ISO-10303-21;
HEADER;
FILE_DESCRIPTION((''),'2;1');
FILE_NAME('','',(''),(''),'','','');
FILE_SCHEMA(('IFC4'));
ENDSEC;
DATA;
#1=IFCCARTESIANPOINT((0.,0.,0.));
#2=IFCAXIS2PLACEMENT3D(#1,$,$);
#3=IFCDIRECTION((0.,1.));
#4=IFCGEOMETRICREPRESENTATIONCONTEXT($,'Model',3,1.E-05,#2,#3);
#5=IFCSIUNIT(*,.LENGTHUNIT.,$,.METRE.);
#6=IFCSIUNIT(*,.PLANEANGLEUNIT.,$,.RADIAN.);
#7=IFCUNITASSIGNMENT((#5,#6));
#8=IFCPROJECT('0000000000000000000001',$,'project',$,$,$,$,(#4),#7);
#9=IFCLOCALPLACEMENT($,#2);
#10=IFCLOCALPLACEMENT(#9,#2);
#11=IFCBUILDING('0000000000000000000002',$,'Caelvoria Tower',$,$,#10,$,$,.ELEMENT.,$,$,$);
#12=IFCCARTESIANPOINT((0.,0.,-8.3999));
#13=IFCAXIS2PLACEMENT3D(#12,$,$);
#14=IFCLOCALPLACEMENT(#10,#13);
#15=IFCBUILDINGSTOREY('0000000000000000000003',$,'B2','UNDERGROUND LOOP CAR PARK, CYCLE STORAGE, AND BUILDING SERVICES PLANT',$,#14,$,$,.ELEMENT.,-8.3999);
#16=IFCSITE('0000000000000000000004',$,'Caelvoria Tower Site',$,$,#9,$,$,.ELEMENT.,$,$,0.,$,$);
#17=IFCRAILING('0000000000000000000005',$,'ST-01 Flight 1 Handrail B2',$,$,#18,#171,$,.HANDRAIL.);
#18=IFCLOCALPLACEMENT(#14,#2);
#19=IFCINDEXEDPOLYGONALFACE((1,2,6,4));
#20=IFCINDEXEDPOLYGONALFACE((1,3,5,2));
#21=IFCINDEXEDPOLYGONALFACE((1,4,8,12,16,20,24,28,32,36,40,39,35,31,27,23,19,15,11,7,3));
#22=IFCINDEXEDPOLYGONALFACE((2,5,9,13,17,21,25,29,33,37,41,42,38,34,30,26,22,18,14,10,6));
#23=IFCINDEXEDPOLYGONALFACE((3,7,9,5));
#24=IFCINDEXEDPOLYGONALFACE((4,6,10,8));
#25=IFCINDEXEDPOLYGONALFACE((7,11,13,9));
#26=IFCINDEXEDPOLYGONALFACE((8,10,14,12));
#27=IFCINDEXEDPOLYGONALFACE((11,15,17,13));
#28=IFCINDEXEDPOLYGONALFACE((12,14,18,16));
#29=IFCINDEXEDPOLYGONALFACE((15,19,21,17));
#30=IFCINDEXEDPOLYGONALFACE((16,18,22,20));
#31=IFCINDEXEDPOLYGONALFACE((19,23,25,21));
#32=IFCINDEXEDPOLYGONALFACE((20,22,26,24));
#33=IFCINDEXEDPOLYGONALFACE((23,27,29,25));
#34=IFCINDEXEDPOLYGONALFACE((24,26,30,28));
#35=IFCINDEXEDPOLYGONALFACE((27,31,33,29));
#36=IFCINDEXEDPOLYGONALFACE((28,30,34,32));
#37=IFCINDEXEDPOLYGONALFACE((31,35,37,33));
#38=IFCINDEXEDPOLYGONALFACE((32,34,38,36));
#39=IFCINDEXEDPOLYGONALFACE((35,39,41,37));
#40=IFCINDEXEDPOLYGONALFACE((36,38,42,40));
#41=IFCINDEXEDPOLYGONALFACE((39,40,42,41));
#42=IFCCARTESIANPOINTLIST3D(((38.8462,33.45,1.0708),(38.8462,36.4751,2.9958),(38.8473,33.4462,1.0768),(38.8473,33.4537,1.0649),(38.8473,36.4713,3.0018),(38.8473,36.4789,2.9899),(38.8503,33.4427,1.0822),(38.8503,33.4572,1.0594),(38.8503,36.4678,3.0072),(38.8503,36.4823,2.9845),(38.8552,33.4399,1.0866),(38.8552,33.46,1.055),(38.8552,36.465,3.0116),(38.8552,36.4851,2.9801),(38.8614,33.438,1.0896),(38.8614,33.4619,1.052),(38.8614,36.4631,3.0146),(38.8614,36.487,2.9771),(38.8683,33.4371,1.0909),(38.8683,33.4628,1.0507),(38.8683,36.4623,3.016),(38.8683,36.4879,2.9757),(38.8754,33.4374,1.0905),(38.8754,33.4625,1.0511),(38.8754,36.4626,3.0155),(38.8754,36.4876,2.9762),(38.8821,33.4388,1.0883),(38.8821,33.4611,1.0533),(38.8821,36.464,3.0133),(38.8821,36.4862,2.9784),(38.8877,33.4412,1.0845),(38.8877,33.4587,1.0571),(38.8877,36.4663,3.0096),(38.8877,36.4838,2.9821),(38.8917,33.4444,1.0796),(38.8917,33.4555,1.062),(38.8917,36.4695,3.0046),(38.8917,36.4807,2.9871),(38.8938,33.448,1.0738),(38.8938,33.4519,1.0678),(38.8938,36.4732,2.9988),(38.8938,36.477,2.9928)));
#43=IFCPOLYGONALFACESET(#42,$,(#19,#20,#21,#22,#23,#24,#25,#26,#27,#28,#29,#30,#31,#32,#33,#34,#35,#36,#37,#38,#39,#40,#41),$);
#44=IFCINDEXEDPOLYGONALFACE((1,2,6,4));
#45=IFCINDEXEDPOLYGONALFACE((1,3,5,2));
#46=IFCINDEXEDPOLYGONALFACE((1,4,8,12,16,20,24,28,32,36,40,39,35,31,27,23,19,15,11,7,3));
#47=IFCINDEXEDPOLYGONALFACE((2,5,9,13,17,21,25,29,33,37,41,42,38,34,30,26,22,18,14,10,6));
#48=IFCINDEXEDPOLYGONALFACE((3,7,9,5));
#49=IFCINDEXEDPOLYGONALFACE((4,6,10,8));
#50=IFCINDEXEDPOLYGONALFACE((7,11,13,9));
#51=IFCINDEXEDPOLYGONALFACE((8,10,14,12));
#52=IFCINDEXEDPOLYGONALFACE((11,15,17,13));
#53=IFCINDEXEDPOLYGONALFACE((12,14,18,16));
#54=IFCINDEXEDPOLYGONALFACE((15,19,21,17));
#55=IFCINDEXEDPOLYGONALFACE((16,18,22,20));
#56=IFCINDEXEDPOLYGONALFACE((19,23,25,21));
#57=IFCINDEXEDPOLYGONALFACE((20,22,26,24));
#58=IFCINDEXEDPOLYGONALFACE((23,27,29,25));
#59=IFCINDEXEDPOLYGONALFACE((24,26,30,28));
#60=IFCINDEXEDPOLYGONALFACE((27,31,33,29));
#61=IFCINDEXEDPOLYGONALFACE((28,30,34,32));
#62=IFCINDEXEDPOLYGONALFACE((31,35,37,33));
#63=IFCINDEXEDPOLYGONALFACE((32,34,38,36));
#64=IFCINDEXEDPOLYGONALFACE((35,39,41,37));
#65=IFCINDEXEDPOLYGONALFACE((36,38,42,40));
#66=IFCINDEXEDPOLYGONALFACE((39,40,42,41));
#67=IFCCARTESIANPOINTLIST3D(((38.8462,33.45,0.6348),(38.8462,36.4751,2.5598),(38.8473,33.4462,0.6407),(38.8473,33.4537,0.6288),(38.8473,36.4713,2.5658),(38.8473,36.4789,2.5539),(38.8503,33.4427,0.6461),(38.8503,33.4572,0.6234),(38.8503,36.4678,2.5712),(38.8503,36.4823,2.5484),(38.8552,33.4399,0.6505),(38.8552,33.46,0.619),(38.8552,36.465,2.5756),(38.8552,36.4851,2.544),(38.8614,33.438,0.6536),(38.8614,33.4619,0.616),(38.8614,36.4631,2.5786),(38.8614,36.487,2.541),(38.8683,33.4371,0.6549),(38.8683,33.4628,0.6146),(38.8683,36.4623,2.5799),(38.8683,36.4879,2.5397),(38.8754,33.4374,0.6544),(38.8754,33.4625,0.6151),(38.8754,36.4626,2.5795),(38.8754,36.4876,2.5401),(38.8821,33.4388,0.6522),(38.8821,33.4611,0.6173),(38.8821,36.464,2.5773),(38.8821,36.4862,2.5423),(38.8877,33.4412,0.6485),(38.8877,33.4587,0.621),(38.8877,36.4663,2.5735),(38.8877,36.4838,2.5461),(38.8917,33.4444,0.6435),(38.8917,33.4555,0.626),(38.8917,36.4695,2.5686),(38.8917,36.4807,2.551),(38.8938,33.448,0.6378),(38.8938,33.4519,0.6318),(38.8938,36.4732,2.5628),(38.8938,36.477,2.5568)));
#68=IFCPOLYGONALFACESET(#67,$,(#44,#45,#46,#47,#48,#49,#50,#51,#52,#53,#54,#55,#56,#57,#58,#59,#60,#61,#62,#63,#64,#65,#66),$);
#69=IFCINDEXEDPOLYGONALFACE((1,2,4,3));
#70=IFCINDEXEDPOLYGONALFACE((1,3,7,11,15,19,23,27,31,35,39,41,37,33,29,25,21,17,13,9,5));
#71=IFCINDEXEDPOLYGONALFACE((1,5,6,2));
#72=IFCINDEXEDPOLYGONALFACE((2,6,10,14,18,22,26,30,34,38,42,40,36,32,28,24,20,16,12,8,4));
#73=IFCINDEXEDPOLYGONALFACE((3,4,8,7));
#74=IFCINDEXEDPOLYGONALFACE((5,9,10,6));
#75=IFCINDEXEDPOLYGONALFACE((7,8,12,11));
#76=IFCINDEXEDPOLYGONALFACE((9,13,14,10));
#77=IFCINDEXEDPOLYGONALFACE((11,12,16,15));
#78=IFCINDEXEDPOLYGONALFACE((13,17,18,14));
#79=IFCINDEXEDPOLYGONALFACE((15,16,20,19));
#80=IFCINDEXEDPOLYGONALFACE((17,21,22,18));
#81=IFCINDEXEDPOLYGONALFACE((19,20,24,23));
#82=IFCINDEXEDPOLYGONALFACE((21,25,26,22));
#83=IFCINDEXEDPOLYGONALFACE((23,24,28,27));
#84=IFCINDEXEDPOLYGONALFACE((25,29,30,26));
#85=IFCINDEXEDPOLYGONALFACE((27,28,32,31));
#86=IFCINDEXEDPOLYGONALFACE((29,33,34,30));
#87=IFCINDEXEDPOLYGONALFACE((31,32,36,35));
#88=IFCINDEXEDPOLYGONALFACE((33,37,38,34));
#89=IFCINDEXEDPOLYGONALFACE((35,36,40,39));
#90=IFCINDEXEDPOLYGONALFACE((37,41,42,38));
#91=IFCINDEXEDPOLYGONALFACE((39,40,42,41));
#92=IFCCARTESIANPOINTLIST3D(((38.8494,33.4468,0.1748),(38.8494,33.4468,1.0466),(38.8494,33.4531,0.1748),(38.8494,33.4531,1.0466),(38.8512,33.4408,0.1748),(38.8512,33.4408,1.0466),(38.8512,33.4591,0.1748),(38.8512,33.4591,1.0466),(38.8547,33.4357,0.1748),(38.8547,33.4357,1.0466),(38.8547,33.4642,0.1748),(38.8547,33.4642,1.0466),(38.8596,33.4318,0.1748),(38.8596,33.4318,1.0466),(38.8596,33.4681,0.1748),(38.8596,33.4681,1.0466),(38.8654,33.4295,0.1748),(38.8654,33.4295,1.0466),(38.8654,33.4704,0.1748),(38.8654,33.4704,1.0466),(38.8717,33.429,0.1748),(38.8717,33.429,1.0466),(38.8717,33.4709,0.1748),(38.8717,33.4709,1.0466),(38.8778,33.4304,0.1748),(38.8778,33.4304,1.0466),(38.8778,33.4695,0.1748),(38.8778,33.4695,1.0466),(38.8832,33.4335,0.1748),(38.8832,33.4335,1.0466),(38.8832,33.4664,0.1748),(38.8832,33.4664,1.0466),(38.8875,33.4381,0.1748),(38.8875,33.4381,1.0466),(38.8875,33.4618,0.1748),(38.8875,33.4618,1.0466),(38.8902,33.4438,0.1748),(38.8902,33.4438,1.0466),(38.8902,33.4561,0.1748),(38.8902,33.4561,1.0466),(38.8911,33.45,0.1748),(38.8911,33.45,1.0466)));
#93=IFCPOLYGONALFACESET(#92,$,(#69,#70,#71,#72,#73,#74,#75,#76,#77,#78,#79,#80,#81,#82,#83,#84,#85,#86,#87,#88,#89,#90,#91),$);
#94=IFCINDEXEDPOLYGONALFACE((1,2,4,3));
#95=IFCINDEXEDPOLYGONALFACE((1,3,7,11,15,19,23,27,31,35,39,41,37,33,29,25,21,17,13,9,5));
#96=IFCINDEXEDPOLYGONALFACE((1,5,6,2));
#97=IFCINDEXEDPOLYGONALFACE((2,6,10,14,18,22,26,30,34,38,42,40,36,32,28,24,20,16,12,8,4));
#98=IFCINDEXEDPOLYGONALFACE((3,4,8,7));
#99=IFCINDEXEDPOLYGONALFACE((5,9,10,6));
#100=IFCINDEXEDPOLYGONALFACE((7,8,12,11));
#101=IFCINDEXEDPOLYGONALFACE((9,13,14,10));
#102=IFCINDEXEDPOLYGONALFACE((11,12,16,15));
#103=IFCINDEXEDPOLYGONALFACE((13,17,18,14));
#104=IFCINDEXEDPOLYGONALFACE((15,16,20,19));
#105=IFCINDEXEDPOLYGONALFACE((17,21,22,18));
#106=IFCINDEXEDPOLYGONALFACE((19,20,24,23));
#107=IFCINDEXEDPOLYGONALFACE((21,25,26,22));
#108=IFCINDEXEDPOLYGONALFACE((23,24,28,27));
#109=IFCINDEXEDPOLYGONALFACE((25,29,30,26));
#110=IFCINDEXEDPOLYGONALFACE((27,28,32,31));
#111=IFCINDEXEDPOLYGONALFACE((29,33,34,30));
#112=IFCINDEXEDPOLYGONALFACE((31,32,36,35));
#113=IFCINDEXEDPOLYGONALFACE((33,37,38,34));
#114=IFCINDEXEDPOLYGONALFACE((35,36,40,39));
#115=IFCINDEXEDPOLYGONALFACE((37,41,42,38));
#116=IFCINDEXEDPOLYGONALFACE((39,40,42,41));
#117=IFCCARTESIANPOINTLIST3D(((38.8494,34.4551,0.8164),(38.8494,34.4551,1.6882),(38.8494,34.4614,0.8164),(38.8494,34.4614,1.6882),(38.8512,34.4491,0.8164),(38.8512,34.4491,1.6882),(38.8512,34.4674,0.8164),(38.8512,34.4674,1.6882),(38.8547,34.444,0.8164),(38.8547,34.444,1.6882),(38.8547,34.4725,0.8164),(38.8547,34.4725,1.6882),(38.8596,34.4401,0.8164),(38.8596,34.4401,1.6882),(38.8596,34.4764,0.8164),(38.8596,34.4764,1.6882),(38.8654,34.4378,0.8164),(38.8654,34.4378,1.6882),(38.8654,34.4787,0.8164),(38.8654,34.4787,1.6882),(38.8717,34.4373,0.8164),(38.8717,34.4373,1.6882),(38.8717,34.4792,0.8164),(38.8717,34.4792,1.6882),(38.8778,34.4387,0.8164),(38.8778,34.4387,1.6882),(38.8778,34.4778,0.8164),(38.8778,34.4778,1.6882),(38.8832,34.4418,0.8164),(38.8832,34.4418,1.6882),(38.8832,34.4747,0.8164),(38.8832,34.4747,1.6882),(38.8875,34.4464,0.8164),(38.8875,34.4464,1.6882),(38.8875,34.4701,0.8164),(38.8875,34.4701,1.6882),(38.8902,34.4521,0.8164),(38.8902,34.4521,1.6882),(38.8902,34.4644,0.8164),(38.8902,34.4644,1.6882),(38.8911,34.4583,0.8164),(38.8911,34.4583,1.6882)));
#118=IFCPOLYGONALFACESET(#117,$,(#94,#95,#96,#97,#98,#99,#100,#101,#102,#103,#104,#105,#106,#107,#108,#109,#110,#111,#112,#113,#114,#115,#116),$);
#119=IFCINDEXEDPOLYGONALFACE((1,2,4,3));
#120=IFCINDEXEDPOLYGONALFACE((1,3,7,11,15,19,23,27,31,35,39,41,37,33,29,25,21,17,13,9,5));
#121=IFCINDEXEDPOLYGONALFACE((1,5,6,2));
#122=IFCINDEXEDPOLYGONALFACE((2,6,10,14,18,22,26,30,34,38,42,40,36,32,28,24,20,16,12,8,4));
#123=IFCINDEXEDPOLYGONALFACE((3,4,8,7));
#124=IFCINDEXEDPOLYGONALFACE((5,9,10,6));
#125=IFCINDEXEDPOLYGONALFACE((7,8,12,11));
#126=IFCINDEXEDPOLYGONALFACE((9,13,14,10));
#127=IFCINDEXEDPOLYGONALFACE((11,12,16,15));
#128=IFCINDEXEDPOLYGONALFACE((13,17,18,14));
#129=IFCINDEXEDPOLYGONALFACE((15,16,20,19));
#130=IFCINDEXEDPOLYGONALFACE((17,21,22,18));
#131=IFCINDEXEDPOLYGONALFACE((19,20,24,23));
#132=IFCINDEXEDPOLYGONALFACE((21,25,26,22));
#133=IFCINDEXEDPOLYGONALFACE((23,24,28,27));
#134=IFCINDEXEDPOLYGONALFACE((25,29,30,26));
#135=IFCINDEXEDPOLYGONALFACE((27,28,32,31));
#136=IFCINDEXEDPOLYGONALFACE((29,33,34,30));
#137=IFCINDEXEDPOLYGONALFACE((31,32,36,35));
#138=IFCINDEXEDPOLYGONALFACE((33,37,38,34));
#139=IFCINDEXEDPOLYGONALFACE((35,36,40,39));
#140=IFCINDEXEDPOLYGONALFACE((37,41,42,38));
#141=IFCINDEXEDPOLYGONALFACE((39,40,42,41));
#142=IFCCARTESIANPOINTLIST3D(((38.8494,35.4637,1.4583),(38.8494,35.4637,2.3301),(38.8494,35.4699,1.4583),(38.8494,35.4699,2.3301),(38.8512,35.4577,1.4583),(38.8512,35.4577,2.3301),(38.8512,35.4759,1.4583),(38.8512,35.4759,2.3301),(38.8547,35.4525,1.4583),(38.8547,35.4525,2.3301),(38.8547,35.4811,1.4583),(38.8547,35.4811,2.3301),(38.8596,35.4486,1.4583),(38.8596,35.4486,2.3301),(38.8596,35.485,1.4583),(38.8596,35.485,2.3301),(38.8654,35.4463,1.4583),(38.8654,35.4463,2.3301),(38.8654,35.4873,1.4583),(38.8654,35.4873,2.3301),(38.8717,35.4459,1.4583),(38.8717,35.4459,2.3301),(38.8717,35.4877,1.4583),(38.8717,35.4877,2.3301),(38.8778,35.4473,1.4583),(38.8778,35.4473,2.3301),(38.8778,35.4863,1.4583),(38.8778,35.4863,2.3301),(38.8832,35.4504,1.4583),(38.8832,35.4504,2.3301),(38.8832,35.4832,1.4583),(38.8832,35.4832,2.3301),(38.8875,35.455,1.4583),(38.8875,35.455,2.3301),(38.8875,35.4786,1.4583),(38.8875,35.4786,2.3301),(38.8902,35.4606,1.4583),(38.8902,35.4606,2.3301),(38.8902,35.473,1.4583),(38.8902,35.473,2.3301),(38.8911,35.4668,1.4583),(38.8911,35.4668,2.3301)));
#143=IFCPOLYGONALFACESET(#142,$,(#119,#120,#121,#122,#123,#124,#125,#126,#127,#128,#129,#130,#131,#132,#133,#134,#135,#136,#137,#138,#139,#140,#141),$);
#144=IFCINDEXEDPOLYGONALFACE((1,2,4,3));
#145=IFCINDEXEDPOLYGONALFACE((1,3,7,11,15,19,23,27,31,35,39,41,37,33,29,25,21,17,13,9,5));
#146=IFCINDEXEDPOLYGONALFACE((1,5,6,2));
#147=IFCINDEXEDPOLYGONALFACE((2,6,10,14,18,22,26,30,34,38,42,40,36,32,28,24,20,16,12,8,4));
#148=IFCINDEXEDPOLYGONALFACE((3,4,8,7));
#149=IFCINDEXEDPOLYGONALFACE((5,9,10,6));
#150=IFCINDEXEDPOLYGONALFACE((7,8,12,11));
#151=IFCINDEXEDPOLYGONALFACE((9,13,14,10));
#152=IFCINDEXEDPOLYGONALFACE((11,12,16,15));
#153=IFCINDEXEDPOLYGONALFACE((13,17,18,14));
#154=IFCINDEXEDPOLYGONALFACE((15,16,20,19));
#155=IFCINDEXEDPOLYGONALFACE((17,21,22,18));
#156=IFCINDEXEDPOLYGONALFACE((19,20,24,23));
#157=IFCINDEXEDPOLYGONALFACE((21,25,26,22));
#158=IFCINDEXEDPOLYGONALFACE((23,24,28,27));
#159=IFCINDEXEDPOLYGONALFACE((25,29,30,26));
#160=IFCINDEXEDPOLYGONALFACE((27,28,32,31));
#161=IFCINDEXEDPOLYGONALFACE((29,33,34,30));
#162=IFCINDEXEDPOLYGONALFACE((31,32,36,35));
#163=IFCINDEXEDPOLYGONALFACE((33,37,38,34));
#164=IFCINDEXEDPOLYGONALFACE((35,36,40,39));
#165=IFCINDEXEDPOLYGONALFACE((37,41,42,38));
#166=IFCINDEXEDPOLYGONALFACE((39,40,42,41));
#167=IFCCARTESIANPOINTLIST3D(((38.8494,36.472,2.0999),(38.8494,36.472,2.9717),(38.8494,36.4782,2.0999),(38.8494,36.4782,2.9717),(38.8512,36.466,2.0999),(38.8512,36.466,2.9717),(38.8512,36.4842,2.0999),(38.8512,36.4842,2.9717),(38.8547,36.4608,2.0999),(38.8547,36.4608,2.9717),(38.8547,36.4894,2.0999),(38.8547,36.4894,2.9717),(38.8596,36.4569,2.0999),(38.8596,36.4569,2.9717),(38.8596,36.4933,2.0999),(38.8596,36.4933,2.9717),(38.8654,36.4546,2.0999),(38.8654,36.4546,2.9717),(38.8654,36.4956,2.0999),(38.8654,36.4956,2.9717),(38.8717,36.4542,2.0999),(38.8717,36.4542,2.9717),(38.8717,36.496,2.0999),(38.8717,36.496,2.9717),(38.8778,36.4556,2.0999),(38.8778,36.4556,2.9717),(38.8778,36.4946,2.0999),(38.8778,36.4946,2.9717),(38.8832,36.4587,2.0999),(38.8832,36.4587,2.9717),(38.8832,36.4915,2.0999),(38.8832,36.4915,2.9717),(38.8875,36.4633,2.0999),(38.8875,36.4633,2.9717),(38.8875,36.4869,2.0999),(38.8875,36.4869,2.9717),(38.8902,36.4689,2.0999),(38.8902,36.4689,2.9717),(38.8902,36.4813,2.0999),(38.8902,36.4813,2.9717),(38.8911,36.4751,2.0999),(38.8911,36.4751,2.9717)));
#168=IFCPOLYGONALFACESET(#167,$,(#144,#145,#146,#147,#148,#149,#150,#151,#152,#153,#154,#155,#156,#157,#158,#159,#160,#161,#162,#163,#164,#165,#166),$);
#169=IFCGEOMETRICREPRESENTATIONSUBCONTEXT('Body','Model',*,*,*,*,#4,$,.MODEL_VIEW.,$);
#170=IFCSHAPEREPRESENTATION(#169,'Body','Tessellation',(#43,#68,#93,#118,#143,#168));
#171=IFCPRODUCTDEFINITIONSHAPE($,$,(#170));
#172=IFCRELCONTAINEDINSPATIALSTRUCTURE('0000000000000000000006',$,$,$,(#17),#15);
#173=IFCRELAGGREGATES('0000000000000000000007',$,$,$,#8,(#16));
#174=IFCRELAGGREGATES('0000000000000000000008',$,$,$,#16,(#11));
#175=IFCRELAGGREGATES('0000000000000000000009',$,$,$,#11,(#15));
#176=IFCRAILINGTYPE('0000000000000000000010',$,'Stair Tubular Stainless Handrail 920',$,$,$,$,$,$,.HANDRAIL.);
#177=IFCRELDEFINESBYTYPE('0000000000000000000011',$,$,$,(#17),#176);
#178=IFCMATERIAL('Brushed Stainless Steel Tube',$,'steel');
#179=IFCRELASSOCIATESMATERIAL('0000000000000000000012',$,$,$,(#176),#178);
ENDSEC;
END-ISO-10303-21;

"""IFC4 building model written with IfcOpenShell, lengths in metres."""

from ifc_helpers import new_model, si_unit, direction, frame, origin, origin_2d, place, context, subcontext, project, spatial, circle, extrude, material, type_object, element, save


model = new_model("IFC4")

# Units and contexts
model_context = context("Model", 3, precision=1e-05, world=origin(), true_north=direction((0.0, 1.0)))
body_context = subcontext(model_context, "Body", "Model", "MODEL_VIEW")
ifc_project = project(units=[si_unit("LENGTHUNIT", "METRE"), si_unit("PLANEANGLEUNIT", "RADIAN")], contexts=[model_context])

# Site, building, storey
site_placement = place(None, origin())
site = spatial("IfcSite", under=ifc_project, at=site_placement, Name="Caelvoria Tower Site", CompositionType="ELEMENT", RefElevation=0.0)
building_placement = place(site_placement, origin())
building = spatial("IfcBuilding", under=site, at=building_placement, Name="Caelvoria Tower", CompositionType="ELEMENT")
storey_placement = place(building_placement, frame((0.0, 0.0, -8.3999)))
storey = spatial("IfcBuildingStorey", under=building, at=storey_placement, Name="B2", Description="UNDERGROUND LOOP CAR PARK, CYCLE STORAGE, AND BUILDING SERVICES PLANT", CompositionType="ELEMENT", Elevation=-8.3999)

# Railing
ifc_material_1 = material(Name="Brushed Stainless Steel Tube", Category="steel")
railing_type = type_object("IfcRailingType", Name="Stair Tubular Stainless Handrail 920", PredefinedType="HANDRAIL", material=ifc_material_1)
railing_placement = place(storey_placement, frame((38.8701, 33.45, 0.1748)))
element("IfcRailing", 1, at=railing_placement, inside=storey, type_object=railing_type, Name="ST-01 Flight 1 Handrail B2", PredefinedType="HANDRAIL", context=body_context, shape_type="SweptSolid", body=[
    extrude(circle(Radius=0.0239, at=origin_2d()), frame((0.0, 0.0, 0.896), z_axis=(0.0, 0.843667, 0.536867), x_axis=(-1.0, 0.0, 0.0)), (0.0, 0.0, 1.0), 3.5857),
    extrude(circle(Radius=0.0239, at=origin_2d()), frame((0.0, 0.0, 0.46), z_axis=(0.0, 0.843667, 0.536867), x_axis=(-1.0, 0.0, 0.0)), (0.0, 0.0, 1.0), 3.5857),
    extrude(circle(Radius=0.021, at=origin_2d()), origin(), (0.0, 0.0, 1.0), 0.8718),
    extrude(circle(Radius=0.021, at=origin_2d()), frame((0.0, 1.0083, 0.6416)), (0.0, 0.0, 1.0), 0.8718),
    extrude(circle(Radius=0.021, at=origin_2d()), frame((0.0, 2.0168, 1.2834)), (0.0, 0.0, 1.0), 0.8718),
    extrude(circle(Radius=0.021, at=origin_2d()), frame((0.0, 3.0251, 1.925)), (0.0, 0.0, 1.0), 0.8718),
])

save(model, "model.ifc")
